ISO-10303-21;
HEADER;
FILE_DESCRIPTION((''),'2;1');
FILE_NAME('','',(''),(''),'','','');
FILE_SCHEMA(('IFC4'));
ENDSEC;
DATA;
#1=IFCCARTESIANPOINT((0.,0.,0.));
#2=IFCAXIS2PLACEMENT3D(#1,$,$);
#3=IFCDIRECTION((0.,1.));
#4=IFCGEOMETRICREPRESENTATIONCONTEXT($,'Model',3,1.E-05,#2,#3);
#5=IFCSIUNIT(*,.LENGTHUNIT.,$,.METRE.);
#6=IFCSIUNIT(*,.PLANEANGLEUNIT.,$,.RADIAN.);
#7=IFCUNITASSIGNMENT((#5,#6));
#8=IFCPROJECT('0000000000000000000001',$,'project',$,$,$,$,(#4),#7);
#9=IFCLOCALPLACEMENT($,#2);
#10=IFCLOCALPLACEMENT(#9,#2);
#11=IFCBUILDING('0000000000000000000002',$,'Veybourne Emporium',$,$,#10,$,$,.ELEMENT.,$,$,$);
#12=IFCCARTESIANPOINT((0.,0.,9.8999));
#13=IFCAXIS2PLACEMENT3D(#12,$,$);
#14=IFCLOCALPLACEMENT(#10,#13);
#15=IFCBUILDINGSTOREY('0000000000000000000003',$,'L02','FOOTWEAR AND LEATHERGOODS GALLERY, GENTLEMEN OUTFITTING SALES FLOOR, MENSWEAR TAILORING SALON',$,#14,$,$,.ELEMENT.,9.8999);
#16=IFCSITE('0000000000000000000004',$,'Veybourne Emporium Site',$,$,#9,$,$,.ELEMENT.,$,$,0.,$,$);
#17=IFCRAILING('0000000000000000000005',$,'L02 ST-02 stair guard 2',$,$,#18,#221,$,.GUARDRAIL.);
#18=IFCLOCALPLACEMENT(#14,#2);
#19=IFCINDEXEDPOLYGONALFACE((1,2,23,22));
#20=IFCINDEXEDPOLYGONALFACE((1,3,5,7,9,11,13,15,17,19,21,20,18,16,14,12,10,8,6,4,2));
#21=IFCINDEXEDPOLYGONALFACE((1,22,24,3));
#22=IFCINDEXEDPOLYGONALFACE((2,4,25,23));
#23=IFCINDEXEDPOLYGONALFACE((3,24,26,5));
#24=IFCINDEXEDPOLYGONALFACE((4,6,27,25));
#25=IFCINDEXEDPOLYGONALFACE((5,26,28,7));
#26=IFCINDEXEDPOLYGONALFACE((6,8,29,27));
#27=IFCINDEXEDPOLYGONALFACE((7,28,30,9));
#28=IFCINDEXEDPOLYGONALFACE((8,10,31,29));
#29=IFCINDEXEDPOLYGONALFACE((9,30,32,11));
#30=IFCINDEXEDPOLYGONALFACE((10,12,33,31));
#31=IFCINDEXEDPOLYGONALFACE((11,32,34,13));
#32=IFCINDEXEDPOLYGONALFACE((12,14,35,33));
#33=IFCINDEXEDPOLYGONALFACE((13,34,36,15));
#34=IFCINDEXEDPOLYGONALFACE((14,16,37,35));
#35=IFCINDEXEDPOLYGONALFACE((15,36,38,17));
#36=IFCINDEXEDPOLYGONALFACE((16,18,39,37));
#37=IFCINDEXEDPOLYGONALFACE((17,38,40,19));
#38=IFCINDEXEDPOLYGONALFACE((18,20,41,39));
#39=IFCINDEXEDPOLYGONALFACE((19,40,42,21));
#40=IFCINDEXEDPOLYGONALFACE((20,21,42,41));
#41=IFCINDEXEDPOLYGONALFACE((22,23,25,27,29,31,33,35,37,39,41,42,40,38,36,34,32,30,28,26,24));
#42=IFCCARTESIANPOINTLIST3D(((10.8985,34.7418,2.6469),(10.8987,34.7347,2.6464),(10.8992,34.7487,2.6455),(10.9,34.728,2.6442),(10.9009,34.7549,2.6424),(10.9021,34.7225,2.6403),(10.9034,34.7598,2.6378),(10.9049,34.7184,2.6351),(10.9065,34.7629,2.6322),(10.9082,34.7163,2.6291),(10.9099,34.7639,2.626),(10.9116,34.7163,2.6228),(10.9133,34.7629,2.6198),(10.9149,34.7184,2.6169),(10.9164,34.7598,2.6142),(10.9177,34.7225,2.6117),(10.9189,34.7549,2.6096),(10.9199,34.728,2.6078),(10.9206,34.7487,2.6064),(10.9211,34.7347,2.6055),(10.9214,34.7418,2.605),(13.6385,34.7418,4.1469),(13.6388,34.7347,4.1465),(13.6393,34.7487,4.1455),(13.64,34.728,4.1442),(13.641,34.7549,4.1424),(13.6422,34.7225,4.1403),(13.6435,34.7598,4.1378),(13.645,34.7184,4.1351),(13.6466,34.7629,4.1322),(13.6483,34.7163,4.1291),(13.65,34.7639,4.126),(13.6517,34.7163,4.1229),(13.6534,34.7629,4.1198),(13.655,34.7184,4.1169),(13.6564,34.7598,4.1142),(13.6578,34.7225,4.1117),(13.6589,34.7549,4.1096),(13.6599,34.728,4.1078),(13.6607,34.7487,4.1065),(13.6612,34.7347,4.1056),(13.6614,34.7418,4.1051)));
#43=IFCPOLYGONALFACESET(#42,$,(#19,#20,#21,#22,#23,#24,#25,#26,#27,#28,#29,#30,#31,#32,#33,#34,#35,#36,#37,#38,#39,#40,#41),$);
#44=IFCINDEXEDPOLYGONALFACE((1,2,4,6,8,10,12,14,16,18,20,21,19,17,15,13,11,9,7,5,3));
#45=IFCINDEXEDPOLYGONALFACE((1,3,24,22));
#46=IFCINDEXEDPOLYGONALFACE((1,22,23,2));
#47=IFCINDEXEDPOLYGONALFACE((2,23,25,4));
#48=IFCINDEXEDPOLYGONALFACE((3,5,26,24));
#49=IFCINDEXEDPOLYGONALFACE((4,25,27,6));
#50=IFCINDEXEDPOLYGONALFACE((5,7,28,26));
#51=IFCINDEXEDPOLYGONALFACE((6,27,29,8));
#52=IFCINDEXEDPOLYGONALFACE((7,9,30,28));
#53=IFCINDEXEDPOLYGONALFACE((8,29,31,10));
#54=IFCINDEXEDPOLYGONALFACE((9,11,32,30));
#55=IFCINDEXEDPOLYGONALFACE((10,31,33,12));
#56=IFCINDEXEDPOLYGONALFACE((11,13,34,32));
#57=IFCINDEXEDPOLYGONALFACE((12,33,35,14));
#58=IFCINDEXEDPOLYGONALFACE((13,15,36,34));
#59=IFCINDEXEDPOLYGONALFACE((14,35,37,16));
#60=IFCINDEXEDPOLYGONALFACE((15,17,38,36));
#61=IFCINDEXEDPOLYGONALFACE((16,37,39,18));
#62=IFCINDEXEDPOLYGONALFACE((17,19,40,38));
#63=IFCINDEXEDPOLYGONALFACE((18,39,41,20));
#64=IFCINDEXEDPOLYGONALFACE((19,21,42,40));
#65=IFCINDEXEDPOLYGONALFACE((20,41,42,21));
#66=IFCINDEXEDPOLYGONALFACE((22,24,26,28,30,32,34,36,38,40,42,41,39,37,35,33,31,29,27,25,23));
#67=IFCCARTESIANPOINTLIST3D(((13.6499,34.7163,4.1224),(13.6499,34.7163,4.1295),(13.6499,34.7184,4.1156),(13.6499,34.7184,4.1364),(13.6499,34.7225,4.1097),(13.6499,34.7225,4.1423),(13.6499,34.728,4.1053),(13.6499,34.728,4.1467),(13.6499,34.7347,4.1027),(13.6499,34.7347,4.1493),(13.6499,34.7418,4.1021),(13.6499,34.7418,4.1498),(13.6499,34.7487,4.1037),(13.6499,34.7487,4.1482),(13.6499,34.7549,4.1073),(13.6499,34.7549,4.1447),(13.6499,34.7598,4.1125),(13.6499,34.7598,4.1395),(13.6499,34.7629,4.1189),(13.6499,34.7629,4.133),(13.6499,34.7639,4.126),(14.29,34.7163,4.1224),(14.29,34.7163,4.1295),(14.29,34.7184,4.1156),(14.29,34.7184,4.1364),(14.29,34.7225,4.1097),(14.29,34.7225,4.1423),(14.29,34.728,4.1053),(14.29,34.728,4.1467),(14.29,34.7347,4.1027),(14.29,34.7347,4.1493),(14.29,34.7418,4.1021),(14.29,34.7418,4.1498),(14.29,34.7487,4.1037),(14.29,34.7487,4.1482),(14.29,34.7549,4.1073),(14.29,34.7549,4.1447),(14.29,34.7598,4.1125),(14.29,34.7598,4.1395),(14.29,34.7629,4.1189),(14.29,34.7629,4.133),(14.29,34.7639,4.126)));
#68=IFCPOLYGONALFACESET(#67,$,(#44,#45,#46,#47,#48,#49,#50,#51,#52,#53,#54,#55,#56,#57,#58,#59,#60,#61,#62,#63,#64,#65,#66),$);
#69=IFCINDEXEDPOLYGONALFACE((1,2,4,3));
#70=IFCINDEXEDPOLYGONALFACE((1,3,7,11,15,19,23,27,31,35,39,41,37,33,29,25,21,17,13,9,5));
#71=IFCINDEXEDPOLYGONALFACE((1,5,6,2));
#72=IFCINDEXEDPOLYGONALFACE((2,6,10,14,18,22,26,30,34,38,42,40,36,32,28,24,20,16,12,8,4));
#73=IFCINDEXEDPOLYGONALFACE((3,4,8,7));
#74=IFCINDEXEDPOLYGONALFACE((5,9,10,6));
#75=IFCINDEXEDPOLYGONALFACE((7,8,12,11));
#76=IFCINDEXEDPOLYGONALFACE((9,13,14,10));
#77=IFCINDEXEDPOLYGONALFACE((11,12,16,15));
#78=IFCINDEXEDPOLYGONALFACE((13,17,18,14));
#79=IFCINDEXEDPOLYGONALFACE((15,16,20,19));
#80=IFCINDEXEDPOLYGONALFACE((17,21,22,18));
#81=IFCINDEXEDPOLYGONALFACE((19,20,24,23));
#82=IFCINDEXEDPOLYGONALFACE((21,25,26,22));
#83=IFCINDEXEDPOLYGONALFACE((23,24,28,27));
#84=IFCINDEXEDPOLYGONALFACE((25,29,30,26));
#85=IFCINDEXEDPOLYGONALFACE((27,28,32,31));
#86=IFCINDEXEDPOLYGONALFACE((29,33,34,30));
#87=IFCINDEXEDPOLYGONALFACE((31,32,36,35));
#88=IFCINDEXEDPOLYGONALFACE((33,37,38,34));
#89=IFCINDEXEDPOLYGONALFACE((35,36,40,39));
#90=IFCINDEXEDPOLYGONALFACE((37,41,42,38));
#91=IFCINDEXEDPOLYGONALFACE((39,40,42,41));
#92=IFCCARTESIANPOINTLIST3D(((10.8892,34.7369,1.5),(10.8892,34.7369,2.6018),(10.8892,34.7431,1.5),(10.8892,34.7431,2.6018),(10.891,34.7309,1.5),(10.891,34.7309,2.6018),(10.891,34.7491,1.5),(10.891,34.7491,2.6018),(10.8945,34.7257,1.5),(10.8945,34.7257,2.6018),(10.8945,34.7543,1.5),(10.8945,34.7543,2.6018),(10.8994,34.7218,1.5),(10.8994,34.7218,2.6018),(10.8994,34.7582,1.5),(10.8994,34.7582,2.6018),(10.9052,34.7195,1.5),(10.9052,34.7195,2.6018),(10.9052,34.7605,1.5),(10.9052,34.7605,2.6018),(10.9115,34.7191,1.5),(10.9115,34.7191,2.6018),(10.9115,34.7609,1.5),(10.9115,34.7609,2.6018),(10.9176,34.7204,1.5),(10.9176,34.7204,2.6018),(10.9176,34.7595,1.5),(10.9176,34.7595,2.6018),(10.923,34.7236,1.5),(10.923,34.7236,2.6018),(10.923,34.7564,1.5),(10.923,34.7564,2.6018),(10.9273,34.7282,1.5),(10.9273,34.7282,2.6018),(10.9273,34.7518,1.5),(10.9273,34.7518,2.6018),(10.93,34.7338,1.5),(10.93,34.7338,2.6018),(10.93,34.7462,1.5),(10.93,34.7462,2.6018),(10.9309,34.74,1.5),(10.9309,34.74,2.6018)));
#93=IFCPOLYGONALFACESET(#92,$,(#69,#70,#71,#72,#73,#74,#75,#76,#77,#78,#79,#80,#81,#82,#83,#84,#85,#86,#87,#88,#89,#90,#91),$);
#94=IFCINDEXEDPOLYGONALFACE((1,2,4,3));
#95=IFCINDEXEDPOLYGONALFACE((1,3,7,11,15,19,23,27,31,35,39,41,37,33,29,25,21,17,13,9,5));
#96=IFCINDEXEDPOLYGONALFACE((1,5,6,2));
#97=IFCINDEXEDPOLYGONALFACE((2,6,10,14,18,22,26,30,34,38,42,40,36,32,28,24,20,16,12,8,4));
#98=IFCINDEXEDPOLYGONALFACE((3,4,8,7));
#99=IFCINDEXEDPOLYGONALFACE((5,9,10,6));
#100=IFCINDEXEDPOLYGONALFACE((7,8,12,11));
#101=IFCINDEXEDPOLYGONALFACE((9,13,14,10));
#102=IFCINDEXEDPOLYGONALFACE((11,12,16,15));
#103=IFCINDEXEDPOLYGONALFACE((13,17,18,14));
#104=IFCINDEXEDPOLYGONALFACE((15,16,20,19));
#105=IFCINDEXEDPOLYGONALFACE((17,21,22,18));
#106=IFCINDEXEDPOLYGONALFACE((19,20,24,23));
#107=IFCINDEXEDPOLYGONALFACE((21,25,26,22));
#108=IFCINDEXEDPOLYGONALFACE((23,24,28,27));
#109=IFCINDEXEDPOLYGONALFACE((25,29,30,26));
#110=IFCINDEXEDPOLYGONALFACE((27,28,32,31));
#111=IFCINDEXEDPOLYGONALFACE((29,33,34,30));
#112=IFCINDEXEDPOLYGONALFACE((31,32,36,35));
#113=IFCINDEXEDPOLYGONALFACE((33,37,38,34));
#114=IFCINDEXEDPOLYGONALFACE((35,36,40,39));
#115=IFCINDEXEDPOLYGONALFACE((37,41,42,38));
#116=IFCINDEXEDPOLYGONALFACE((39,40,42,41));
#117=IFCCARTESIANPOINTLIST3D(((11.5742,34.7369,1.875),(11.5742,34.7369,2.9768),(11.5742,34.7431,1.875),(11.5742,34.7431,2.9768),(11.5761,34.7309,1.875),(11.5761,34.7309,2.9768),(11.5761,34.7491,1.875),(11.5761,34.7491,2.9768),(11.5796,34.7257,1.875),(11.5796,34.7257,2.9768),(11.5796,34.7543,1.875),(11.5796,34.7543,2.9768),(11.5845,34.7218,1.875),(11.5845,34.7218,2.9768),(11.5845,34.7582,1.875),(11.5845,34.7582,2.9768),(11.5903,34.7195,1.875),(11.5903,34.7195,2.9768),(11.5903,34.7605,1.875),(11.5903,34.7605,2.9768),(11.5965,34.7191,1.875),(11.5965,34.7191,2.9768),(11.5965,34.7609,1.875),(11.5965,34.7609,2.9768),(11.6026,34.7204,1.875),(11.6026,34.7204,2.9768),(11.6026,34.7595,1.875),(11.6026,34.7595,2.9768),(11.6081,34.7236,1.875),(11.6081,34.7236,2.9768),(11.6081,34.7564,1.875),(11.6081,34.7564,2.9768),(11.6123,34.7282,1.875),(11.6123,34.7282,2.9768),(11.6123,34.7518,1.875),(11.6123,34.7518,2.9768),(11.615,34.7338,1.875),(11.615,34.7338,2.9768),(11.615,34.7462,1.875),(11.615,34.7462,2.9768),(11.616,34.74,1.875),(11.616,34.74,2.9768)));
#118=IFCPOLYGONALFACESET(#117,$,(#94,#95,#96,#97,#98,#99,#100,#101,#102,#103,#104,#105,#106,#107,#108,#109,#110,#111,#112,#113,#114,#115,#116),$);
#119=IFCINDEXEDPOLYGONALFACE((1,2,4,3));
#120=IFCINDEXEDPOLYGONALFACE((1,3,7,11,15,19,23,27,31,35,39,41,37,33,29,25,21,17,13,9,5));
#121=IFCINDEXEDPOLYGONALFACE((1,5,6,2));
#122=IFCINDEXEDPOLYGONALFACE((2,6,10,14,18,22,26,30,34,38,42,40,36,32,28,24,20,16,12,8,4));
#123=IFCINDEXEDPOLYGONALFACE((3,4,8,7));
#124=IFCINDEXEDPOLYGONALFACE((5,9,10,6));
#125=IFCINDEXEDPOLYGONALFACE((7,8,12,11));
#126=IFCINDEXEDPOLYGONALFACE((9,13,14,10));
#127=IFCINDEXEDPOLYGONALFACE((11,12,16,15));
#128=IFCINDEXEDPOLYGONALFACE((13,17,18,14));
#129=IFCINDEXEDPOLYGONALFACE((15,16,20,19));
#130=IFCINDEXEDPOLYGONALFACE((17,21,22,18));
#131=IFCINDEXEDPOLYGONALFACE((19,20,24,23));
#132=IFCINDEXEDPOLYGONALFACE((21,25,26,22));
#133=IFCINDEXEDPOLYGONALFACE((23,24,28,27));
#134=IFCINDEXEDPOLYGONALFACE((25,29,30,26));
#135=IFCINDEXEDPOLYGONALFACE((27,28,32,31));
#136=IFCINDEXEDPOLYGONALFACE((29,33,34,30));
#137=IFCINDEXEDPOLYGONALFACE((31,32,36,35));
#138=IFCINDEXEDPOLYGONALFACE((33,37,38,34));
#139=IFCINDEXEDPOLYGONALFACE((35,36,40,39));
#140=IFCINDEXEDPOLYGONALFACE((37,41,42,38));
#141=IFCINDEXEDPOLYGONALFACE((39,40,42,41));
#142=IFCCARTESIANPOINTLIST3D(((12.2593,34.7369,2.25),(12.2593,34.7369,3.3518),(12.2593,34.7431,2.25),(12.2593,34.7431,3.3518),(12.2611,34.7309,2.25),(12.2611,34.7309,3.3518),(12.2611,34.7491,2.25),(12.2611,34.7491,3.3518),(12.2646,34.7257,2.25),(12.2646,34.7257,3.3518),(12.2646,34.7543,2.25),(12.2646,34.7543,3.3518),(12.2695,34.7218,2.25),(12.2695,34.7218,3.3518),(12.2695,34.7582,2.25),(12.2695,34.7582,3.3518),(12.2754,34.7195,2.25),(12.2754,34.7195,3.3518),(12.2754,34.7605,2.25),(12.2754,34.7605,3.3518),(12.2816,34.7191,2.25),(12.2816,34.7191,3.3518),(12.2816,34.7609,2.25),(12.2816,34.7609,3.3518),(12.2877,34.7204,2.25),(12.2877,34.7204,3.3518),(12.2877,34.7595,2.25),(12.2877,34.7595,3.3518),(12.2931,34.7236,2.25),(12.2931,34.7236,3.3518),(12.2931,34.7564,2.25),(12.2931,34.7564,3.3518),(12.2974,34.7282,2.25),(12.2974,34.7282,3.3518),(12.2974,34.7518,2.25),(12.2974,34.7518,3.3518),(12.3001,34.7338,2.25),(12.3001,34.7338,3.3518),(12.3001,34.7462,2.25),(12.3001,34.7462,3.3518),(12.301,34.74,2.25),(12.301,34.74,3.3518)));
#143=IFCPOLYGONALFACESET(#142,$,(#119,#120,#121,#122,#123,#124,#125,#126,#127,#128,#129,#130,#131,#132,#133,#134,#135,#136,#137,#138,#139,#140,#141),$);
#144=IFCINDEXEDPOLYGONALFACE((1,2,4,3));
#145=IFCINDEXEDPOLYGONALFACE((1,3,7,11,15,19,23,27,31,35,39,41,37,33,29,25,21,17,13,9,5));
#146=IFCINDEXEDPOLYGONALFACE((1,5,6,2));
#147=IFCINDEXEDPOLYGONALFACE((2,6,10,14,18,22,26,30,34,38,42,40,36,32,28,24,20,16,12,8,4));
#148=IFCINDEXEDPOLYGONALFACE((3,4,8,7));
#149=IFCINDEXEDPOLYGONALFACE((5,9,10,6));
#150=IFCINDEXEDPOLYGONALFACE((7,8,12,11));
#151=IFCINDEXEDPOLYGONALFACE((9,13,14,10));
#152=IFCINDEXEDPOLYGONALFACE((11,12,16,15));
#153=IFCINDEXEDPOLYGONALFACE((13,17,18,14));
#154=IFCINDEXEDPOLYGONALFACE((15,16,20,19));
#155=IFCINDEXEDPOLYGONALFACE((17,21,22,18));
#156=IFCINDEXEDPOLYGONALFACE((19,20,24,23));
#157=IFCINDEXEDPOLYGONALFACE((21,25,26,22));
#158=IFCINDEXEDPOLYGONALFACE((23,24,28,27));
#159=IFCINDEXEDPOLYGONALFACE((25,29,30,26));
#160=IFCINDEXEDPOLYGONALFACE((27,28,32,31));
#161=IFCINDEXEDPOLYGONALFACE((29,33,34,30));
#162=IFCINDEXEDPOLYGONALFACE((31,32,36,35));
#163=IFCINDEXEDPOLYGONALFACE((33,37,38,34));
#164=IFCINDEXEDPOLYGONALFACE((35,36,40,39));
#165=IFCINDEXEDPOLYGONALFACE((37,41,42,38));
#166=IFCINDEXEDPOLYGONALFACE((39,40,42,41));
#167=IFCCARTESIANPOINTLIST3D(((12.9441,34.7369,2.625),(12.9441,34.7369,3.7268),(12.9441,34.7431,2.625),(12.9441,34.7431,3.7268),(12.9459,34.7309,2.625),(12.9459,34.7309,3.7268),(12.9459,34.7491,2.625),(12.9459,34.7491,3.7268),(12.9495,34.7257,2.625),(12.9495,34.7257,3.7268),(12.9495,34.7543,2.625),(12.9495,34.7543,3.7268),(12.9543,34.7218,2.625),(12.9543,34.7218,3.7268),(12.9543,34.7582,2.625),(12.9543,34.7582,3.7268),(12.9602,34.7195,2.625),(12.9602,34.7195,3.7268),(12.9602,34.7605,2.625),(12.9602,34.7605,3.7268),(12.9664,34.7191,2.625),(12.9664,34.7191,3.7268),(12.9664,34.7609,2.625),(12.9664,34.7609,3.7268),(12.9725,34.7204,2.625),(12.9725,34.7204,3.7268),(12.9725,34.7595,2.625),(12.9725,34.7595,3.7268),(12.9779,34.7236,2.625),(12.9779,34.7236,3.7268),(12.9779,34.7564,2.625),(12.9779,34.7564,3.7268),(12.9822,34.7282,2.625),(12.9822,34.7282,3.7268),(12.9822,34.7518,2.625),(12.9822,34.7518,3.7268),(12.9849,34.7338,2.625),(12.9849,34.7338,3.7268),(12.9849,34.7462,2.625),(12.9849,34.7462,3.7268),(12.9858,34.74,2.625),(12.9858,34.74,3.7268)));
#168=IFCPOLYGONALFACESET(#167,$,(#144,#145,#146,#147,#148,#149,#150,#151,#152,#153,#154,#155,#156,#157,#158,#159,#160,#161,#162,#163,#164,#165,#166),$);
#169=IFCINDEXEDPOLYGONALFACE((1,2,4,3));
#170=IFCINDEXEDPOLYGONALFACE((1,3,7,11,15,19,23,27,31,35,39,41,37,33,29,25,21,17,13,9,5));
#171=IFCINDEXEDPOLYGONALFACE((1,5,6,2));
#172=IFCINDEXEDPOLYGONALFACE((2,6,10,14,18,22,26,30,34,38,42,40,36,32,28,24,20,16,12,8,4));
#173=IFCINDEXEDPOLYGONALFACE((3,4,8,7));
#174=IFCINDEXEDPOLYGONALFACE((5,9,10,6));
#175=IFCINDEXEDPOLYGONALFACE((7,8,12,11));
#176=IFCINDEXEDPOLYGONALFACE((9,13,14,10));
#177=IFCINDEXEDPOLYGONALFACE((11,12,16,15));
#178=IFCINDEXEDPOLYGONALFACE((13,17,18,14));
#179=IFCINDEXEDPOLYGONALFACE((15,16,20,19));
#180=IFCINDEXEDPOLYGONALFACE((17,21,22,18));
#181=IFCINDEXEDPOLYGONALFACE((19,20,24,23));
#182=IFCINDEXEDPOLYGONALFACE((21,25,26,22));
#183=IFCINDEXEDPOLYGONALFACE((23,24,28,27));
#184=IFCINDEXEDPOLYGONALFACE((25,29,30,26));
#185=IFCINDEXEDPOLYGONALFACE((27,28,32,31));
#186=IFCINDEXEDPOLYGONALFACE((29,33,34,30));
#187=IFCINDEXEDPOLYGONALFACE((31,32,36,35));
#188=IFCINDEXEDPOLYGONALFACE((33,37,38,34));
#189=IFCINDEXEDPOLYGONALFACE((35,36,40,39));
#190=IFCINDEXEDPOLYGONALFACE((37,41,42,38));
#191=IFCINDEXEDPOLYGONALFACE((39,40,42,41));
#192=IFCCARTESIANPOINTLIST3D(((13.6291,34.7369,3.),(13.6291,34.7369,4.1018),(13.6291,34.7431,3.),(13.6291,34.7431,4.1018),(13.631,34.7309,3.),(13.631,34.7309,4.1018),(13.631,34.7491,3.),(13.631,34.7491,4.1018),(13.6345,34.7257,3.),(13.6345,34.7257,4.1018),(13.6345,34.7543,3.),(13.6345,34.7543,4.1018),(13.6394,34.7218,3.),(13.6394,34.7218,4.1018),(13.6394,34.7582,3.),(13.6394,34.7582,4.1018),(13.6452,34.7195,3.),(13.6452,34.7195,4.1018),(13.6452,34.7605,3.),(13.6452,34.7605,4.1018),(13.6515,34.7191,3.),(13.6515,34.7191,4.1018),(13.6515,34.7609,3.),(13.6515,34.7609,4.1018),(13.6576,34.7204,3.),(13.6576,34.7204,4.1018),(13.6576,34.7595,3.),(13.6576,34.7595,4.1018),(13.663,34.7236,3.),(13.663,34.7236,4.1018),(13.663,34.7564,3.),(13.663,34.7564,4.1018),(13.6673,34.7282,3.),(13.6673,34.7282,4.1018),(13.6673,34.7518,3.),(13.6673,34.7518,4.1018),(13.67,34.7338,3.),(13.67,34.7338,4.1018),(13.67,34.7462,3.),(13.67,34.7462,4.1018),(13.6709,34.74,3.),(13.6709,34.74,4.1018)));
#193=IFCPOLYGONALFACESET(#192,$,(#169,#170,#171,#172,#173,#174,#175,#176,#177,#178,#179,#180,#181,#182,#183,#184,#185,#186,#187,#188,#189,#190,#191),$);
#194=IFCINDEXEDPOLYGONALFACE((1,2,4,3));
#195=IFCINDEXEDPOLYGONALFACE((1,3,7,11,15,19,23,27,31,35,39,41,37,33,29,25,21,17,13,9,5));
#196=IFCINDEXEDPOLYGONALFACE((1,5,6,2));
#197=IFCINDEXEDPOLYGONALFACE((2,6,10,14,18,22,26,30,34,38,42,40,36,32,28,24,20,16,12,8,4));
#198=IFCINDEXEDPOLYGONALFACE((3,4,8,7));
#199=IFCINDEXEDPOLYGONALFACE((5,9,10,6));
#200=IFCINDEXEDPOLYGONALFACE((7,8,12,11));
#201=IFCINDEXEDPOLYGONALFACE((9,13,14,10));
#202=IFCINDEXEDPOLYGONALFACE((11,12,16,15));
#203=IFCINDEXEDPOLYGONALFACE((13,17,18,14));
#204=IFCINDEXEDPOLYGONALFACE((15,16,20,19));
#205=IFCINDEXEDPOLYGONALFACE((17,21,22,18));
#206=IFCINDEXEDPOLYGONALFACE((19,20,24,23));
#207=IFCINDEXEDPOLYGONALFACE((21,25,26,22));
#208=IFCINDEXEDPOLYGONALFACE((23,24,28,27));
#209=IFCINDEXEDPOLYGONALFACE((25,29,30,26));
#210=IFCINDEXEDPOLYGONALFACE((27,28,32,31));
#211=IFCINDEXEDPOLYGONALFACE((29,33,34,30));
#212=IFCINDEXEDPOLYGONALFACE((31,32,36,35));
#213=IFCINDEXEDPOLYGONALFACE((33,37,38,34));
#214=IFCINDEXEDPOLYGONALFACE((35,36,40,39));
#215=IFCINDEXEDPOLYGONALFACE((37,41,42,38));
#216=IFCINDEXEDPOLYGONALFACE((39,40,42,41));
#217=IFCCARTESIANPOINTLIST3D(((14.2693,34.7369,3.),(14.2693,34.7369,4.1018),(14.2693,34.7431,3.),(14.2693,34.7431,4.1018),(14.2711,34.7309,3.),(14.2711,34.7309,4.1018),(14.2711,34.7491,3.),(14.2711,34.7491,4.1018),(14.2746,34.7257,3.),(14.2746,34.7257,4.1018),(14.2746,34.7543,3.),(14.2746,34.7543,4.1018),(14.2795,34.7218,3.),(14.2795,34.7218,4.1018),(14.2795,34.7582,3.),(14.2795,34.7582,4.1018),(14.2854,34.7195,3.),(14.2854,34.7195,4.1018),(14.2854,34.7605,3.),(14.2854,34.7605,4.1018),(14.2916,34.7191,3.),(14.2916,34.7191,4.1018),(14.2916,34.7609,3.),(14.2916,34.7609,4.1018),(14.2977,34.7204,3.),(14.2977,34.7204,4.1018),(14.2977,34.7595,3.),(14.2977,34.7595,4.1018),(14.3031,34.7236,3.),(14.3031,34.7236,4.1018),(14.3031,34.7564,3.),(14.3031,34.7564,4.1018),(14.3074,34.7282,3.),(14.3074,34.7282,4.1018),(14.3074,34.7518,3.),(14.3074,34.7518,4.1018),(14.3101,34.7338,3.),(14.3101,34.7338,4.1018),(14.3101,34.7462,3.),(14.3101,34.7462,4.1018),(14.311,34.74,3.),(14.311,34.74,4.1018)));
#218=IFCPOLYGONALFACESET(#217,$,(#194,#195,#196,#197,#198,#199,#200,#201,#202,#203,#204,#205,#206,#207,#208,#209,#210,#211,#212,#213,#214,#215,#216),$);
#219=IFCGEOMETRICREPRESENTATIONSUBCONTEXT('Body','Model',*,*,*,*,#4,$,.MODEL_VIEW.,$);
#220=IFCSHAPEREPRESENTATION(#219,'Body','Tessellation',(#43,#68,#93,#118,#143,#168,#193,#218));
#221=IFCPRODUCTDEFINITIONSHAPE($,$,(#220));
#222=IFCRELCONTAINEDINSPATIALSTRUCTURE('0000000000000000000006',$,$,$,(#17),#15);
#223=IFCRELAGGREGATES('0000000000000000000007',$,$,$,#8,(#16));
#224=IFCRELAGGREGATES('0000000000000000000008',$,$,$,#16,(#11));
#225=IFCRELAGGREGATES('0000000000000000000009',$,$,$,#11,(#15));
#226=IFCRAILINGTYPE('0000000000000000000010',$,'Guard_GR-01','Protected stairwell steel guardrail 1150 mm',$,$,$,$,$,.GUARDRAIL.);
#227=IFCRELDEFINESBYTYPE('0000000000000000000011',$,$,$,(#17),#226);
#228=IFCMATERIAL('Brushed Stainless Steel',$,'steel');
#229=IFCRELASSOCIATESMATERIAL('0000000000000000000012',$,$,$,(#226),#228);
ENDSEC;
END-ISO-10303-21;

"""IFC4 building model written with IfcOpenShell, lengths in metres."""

from ifc_helpers import new_model, si_unit, direction, frame, origin, origin_2d, place, context, subcontext, project, spatial, circle, extrude, material, type_object, element, save


model = new_model("IFC4")

# Units and contexts
model_context = context("Model", 3, precision=1e-05, world=origin(), true_north=direction((0.0, 1.0)))
body_context = subcontext(model_context, "Body", "Model", "MODEL_VIEW")
ifc_project = project(units=[si_unit("LENGTHUNIT", "METRE"), si_unit("PLANEANGLEUNIT", "RADIAN")], contexts=[model_context])

# Site, building, storey
site_placement = place(None, origin())
site = spatial("IfcSite", under=ifc_project, at=site_placement, Name="Veybourne Emporium Site", CompositionType="ELEMENT", RefElevation=0.0)
building_placement = place(site_placement, origin())
building = spatial("IfcBuilding", under=site, at=building_placement, Name="Veybourne Emporium", CompositionType="ELEMENT")
storey_placement = place(building_placement, frame((0.0, 0.0, 9.8999)))
storey = spatial("IfcBuildingStorey", under=building, at=storey_placement, Name="L02", Description="FOOTWEAR AND LEATHERGOODS GALLERY, GENTLEMEN OUTFITTING SALES FLOOR, MENSWEAR TAILORING SALON", CompositionType="ELEMENT", Elevation=9.8999)

# Railing
ifc_material_1 = material(Name="Brushed Stainless Steel", Category="steel")
railing_type_1 = type_object("IfcRailingType", Name="Guard_GR-01", Description="Protected stairwell steel guardrail 1150 mm", PredefinedType="GUARDRAIL", material=ifc_material_1)
railing_1_placement = place(storey_placement, frame((10.9099, 34.74, 1.5)))
element("IfcRailing", 1, at=railing_1_placement, inside=storey, type_object=railing_type_1, Name="L02 ST-02 stair guard 2", PredefinedType="GUARDRAIL", context=body_context, shape_type="SweptSolid", body=[
    extrude(circle(Radius=0.0239, at=origin_2d()), frame((0.0, 0.0, 1.126), z_axis=(0.87716, 0.0, 0.480199), x_axis=(0.0, 1.0, 0.0)), (0.0, 0.0, 1.0), 3.1238),
    extrude(circle(Radius=0.0239, at=origin_2d()), frame((2.74, 0.0, 2.626), z_axis=(1.0, 0.0, 0.0), x_axis=(0.0, 1.0, 0.0)), (0.0, 0.0, 1.0), 0.6401),
    extrude(circle(Radius=0.021, at=origin_2d()), origin(), (0.0, 0.0, 1.0), 1.1018),
    extrude(circle(Radius=0.021, at=origin_2d()), frame((0.6851, 0.0, 0.375)), (0.0, 0.0, 1.0), 1.1018),
    extrude(circle(Radius=0.021, at=origin_2d()), frame((1.3701, 0.0, 0.75)), (0.0, 0.0, 1.0), 1.1018),
    extrude(circle(Radius=0.021, at=origin_2d()), frame((2.0549, 0.0, 1.125)), (0.0, 0.0, 1.0), 1.1018),
    extrude(circle(Radius=0.021, at=origin_2d()), frame((2.74, 0.0, 1.5)), (0.0, 0.0, 1.0), 1.1018),
    extrude(circle(Radius=0.021, at=origin_2d()), frame((3.3801, 0.0, 1.5)), (0.0, 0.0, 1.0), 1.1018),
])

save(model, "model.ifc")
